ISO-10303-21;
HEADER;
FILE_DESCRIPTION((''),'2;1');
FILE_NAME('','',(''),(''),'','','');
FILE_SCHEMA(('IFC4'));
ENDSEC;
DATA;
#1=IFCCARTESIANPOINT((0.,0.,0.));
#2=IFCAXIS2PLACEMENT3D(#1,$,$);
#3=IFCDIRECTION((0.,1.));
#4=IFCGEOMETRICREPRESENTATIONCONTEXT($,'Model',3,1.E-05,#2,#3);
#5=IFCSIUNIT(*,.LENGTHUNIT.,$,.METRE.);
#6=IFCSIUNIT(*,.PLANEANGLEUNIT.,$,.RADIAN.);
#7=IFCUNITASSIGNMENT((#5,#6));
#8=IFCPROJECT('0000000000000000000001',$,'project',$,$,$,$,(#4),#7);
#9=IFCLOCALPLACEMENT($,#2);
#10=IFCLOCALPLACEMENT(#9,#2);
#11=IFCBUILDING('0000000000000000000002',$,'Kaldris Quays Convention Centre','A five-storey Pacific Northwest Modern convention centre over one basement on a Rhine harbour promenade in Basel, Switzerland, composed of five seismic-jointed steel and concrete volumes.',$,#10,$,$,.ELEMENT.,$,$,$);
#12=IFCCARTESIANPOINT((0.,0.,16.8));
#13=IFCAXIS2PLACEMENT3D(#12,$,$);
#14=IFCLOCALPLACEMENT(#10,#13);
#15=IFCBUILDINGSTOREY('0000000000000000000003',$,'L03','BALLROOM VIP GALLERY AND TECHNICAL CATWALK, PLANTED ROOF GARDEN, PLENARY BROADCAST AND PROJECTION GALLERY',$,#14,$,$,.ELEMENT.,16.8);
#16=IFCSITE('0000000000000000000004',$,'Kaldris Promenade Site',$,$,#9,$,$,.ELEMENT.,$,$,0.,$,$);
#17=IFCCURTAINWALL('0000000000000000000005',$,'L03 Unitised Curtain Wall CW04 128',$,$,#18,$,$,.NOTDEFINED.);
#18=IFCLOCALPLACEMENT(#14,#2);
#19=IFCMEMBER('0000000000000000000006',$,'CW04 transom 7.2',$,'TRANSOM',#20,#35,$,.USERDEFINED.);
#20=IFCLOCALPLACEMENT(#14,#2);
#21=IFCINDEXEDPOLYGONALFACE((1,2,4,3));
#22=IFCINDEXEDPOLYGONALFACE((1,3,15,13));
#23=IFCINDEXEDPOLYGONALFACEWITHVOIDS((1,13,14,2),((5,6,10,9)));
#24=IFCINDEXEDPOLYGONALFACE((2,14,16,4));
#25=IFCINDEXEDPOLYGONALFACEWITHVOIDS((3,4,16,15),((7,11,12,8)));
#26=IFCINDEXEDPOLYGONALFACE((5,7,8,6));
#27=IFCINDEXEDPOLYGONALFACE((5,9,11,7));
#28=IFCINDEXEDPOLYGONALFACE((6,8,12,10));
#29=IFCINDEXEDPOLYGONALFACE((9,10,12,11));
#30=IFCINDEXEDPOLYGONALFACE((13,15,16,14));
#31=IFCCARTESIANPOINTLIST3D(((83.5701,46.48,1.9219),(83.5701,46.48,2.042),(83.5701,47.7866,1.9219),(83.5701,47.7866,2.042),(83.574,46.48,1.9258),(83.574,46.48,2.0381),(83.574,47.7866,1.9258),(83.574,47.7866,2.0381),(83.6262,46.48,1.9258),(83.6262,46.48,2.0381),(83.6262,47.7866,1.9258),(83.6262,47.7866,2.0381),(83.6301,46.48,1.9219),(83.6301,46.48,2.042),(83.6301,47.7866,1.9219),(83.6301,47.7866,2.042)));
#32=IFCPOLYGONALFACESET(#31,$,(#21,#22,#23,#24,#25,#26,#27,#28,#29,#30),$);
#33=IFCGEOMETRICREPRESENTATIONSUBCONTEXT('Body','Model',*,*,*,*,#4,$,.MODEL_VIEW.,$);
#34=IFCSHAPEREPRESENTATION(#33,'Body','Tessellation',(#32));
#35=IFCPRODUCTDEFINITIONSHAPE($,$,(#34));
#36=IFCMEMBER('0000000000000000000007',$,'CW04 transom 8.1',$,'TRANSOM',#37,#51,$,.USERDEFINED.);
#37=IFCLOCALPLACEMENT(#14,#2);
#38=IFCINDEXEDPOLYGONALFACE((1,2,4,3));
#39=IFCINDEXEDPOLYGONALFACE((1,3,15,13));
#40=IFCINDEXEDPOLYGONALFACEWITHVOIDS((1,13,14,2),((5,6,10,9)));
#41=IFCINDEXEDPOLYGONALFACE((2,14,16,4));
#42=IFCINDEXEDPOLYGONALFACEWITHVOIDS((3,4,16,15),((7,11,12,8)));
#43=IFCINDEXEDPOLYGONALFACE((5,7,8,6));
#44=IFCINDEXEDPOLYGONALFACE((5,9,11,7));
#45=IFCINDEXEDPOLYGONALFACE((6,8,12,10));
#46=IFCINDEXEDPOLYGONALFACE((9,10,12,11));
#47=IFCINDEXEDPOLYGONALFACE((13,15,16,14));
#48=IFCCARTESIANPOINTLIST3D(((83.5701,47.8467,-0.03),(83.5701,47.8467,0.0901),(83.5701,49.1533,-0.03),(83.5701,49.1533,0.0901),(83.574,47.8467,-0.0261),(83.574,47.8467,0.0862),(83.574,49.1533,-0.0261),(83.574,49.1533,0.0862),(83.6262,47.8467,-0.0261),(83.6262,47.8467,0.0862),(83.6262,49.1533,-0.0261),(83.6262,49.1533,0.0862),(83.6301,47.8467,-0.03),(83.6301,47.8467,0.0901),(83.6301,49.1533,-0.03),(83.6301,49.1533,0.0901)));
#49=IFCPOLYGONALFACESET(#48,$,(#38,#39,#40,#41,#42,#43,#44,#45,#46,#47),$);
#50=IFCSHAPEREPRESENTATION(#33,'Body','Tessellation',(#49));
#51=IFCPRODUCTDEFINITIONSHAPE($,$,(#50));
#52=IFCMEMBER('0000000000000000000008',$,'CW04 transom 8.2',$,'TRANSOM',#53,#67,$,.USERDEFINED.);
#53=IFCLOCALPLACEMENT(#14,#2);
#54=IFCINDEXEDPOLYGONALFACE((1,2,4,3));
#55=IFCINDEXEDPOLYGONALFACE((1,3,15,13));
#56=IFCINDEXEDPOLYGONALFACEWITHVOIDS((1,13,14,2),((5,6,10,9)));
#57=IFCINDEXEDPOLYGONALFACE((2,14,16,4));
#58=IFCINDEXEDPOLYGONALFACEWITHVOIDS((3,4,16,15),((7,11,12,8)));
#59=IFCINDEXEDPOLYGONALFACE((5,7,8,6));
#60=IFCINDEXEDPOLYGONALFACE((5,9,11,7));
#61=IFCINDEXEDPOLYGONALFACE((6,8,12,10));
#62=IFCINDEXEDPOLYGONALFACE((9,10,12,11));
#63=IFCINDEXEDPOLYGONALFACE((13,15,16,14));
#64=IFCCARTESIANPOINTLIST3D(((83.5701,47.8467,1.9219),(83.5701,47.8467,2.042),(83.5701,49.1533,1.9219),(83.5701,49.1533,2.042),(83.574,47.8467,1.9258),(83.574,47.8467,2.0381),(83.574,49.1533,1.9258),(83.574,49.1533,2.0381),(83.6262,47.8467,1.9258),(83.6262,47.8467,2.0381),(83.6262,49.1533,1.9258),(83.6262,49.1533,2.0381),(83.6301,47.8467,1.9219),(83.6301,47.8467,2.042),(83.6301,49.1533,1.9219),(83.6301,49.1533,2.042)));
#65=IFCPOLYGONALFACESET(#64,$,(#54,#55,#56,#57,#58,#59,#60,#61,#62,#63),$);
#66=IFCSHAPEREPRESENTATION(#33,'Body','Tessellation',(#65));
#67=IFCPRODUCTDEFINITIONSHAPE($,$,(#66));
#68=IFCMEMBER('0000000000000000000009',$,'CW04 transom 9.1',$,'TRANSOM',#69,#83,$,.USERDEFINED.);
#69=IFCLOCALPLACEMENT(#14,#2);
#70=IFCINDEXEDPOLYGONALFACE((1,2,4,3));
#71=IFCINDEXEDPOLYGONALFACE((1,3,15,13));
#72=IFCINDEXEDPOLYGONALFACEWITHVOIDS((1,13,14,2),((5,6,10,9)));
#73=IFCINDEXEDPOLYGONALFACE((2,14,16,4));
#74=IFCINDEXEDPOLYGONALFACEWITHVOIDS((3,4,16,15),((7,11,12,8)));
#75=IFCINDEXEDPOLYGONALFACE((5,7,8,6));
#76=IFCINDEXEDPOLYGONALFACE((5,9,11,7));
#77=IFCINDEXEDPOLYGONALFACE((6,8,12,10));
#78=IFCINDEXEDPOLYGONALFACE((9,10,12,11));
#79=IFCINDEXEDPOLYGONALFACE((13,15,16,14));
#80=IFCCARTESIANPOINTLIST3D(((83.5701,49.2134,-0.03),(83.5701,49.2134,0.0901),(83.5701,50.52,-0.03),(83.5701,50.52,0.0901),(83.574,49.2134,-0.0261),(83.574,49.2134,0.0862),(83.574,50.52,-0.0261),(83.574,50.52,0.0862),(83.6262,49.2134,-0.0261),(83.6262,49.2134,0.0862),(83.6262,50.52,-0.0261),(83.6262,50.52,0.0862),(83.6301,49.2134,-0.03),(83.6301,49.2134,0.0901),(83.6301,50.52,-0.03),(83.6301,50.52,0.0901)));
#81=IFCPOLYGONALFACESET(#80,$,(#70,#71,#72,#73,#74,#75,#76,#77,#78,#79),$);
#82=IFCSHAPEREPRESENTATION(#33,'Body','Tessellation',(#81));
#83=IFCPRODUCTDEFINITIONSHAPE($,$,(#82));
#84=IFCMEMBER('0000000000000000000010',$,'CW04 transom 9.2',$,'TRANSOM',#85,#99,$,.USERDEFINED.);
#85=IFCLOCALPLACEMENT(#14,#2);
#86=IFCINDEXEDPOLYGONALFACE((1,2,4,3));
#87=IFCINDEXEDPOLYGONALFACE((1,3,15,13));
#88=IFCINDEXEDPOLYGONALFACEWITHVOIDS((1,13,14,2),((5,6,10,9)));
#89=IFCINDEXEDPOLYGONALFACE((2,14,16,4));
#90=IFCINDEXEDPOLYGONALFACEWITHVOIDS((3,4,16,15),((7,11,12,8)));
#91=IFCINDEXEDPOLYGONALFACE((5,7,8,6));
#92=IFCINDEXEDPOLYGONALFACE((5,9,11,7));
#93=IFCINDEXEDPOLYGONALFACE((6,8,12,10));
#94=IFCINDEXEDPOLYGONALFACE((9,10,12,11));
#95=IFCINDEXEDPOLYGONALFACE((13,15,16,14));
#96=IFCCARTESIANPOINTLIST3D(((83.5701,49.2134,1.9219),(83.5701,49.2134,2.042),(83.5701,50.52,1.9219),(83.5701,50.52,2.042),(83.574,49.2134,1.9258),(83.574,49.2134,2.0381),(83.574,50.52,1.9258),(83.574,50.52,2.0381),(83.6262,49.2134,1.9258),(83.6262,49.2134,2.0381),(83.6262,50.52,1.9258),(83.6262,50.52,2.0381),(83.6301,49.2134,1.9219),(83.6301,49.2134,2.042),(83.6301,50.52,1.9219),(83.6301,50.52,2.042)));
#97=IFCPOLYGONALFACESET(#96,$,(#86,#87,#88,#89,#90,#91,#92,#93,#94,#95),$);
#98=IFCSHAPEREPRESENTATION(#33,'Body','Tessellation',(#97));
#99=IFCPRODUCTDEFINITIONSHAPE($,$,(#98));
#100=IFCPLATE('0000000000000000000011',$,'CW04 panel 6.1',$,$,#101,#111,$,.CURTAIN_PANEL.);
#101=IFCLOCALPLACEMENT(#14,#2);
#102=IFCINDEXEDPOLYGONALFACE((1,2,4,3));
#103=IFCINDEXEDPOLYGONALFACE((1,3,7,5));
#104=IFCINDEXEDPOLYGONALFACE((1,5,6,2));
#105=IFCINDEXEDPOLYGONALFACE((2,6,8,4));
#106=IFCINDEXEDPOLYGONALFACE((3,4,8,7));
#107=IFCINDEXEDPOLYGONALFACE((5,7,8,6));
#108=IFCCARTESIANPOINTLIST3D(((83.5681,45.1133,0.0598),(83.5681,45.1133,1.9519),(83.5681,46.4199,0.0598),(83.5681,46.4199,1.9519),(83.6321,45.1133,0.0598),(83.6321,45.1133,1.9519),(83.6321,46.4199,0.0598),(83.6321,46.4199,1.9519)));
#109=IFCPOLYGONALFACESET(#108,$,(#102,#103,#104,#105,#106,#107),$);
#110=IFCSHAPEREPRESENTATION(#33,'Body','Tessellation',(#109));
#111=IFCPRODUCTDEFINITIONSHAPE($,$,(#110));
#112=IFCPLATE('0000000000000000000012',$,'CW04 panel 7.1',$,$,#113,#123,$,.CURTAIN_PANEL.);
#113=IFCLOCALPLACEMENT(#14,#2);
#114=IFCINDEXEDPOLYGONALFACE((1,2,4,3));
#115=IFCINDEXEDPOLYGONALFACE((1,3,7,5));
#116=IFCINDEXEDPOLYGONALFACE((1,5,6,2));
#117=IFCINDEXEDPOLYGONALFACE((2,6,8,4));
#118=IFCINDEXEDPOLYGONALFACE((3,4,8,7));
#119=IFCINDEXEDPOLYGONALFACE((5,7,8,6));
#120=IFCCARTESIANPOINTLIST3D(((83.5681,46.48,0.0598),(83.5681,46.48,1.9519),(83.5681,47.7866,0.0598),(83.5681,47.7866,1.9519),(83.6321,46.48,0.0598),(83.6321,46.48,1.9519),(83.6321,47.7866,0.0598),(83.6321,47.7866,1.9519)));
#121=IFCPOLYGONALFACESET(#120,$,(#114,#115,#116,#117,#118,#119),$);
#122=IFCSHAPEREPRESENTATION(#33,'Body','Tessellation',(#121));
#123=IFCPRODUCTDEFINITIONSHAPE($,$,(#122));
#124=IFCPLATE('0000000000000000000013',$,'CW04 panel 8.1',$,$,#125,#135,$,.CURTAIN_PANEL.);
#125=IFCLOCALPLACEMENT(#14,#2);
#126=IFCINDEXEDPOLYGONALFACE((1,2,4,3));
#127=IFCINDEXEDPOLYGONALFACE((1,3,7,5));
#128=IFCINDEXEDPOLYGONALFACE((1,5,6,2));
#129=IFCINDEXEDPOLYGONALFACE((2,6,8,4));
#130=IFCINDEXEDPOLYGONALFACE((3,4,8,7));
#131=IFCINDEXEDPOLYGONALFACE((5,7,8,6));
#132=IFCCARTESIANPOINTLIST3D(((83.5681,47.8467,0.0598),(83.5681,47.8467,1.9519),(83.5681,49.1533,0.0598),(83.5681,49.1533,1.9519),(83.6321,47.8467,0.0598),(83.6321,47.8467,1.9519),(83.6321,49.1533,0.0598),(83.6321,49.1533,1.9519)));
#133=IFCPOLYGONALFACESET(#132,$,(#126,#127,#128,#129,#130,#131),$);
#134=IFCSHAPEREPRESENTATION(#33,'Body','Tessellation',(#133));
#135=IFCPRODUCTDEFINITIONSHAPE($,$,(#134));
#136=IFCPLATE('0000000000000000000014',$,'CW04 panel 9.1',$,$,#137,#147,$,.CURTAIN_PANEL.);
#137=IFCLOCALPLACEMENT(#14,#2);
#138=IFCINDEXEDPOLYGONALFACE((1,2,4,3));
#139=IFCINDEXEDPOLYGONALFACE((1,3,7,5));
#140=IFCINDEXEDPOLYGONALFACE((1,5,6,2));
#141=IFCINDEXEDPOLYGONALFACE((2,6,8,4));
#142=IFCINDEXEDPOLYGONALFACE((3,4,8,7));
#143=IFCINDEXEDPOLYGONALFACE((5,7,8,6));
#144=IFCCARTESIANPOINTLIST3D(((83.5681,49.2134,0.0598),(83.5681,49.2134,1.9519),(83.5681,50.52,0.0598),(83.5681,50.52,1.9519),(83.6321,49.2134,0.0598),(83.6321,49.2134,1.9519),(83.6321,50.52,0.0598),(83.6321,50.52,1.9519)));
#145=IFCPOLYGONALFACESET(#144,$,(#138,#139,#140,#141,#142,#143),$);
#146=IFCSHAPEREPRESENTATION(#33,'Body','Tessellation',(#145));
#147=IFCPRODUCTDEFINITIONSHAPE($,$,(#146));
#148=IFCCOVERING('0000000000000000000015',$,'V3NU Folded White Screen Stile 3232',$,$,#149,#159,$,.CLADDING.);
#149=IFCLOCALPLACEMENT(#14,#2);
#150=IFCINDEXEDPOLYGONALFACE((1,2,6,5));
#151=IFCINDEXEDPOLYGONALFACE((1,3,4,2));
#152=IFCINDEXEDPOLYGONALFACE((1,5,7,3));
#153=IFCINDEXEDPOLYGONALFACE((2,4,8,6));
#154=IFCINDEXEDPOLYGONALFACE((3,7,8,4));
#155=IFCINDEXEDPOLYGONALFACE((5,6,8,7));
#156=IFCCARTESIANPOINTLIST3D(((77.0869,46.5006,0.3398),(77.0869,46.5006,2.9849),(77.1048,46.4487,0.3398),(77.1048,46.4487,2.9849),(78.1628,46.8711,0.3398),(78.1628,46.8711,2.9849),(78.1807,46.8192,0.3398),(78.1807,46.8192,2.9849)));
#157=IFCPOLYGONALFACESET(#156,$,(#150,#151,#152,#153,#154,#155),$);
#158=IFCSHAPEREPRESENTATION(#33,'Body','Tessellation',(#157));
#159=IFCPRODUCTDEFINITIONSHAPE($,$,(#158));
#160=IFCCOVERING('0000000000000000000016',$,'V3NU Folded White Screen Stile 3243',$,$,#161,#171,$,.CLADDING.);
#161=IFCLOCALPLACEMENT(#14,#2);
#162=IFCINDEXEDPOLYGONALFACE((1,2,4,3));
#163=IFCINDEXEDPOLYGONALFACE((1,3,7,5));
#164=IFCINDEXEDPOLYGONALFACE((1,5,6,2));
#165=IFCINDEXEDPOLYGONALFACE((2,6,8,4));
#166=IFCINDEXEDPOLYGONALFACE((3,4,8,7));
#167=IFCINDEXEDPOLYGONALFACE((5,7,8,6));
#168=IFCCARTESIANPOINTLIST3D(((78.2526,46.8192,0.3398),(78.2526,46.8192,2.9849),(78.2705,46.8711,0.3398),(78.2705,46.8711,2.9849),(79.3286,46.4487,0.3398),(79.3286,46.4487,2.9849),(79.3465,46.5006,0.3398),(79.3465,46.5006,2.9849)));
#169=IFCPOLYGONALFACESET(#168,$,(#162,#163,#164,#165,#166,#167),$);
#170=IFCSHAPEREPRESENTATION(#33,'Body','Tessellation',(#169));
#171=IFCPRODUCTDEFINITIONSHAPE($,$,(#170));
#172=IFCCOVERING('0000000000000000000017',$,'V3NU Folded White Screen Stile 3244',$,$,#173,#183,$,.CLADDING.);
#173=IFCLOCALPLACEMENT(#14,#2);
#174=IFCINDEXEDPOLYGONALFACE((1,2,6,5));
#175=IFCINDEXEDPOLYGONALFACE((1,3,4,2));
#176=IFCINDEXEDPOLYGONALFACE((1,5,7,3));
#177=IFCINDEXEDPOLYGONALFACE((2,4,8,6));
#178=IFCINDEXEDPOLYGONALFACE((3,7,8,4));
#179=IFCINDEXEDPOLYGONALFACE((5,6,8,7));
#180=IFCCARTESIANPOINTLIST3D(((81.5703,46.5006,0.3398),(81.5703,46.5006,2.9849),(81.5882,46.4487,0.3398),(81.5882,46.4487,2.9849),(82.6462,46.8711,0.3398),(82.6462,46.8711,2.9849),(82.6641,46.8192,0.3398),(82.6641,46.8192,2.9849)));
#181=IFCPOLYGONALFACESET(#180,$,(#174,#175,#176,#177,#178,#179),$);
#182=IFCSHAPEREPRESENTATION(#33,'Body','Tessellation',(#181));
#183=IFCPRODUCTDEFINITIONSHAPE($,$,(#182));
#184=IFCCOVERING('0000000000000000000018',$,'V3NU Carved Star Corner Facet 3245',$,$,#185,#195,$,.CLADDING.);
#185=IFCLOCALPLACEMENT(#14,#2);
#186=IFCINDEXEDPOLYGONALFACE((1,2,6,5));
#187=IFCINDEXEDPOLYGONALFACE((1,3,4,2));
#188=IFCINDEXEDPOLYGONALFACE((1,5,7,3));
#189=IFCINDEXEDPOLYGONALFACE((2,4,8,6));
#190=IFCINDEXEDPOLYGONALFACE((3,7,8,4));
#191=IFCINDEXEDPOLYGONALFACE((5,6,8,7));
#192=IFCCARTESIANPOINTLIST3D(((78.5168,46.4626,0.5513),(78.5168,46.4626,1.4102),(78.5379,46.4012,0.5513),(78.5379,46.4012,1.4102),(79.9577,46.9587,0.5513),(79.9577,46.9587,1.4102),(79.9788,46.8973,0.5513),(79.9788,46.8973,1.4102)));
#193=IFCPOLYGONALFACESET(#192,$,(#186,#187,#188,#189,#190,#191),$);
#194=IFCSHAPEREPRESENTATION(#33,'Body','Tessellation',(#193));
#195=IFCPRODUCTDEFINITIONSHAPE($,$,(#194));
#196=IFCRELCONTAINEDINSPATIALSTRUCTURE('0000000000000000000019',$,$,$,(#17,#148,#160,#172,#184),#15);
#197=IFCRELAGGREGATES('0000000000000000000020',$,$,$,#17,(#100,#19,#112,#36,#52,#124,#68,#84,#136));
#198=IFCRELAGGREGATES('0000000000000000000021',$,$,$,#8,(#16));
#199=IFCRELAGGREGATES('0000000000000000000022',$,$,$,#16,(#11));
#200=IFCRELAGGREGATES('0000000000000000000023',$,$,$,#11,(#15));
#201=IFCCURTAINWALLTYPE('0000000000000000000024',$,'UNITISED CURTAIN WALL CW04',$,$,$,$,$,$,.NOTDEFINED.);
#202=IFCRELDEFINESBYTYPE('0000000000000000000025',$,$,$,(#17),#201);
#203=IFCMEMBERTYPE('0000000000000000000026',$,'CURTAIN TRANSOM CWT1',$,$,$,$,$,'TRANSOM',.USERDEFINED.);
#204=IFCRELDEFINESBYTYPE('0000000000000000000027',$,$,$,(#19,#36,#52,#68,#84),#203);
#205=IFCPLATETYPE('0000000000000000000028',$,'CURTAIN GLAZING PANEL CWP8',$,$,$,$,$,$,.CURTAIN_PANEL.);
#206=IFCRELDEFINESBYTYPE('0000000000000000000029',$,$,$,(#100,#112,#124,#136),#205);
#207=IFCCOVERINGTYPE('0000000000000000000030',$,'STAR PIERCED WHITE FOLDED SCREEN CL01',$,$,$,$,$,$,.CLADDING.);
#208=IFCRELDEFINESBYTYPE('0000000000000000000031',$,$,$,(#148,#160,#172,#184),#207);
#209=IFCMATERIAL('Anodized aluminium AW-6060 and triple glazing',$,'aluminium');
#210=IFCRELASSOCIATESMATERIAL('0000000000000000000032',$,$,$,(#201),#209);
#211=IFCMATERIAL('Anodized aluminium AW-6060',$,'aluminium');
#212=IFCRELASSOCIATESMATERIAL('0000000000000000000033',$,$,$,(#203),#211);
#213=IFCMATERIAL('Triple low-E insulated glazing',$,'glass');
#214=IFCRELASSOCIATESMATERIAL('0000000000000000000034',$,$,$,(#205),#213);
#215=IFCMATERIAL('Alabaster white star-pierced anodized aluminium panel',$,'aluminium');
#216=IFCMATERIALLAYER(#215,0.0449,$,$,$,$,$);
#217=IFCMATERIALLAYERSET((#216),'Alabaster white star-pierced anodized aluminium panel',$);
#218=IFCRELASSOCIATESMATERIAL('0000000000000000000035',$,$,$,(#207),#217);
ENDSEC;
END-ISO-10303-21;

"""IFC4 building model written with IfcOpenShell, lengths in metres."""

from ifc_helpers import new_model, si_unit, direction, frame, origin, origin_2d, place, context, subcontext, project, spatial, rectangle, hollow_rectangle, extrude, material, layer, layer_set, material_profile, profile_set, type_object, element, aggregate, save


model = new_model("IFC4")

# Units and contexts
model_context = context("Model", 3, precision=1e-05, world=origin(), true_north=direction((0.0, 1.0)))
body_context = subcontext(model_context, "Body", "Model", "MODEL_VIEW")
ifc_project = project(units=[si_unit("LENGTHUNIT", "METRE"), si_unit("PLANEANGLEUNIT", "RADIAN")], contexts=[model_context])

# Site, building, storey
site_placement = place(None, origin())
site = spatial("IfcSite", under=ifc_project, at=site_placement, Name="Kaldris Promenade Site", CompositionType="ELEMENT", RefElevation=0.0)
building_placement = place(site_placement, origin())
building = spatial("IfcBuilding", under=site, at=building_placement, Name="Kaldris Quays Convention Centre", Description="A five-storey Pacific Northwest Modern convention centre over one basement on a Rhine harbour promenade in Basel, Switzerland, composed of five seismic-jointed steel and concrete volumes.", CompositionType="ELEMENT")
storey_placement = place(building_placement, frame((0.0, 0.0, 16.8)))
storey = spatial("IfcBuildingStorey", under=building, at=storey_placement, Name="L03", Description="BALLROOM VIP GALLERY AND TECHNICAL CATWALK, PLANTED ROOF GARDEN, PLENARY BROADCAST AND PROJECTION GALLERY", CompositionType="ELEMENT", Elevation=16.8)

# Curtain wall, members, plates
ifc_material_1 = material(Name="Anodized aluminium AW-6060 and triple glazing", Category="aluminium")
curtain_wall_type = type_object("IfcCurtainWallType", Name="UNITISED CURTAIN WALL CW04", PredefinedType="NOTDEFINED", material=ifc_material_1)
curtain_wall_placement = place(storey_placement, origin())
curtain_wall = element("IfcCurtainWall", 1, at=curtain_wall_placement, inside=storey, type_object=curtain_wall_type, Name="L03 Unitised Curtain Wall CW04 128", PredefinedType="NOTDEFINED")
ifc_material_2 = material(Name="Anodized aluminium AW-6060", Category="aluminium")
ifc_material_profile_1 = material_profile(ifc_material_2, hollow_rectangle(XDim=0.0601, YDim=0.1201, WallThickness=0.0039, at=origin_2d()), Name="RHS 120x60x4")
ifc_profile_set_1 = profile_set([ifc_material_profile_1], Name="Anodized aluminium AW-6060")
member_type_1 = type_object("IfcMemberType", Name="CURTAIN TRANSOM CWT1", ElementType="TRANSOM", PredefinedType="USERDEFINED", material=ifc_profile_set_1)
member_1_placement = place(storey_placement, frame((83.6001, 46.48, 1.9819), z_axis=(0.0, 1.0, 0.0), x_axis=(-1.0, 0.0, 0.0)))
member_1 = element("IfcMember", 2, at=member_1_placement, type_object=member_type_1, Name="CW04 transom 7.2", ObjectType="TRANSOM", PredefinedType="USERDEFINED", context=body_context, shape_type="SweptSolid", body=[
    extrude(hollow_rectangle(XDim=0.0601, YDim=0.1201, WallThickness=0.0039, at=origin_2d()), origin(), (0.0, 0.0, 1.0), 1.3066),
])
member_2_placement = place(storey_placement, frame((83.6001, 47.8467, 0.03), z_axis=(0.0, 1.0, 0.0), x_axis=(-1.0, 0.0, 0.0)))
member_2 = element("IfcMember", 3, at=member_2_placement, type_object=member_type_1, Name="CW04 transom 8.1", ObjectType="TRANSOM", PredefinedType="USERDEFINED", context=body_context, shape_type="SweptSolid", body=[
    extrude(hollow_rectangle(XDim=0.0601, YDim=0.1201, WallThickness=0.0039, at=origin_2d()), origin(), (0.0, 0.0, 1.0), 1.3066),
])
member_3_placement = place(storey_placement, frame((83.6001, 47.8467, 1.9819), z_axis=(0.0, 1.0, 0.0), x_axis=(-1.0, 0.0, 0.0)))
member_3 = element("IfcMember", 4, at=member_3_placement, type_object=member_type_1, Name="CW04 transom 8.2", ObjectType="TRANSOM", PredefinedType="USERDEFINED", context=body_context, shape_type="SweptSolid", body=[
    extrude(hollow_rectangle(XDim=0.0601, YDim=0.1201, WallThickness=0.0039, at=origin_2d()), origin(), (0.0, 0.0, 1.0), 1.3066),
])
member_4_placement = place(storey_placement, frame((83.6001, 49.2134, 0.03), z_axis=(0.0, 1.0, 0.0), x_axis=(-1.0, 0.0, 0.0)))
member_4 = element("IfcMember", 5, at=member_4_placement, type_object=member_type_1, Name="CW04 transom 9.1", ObjectType="TRANSOM", PredefinedType="USERDEFINED", context=body_context, shape_type="SweptSolid", body=[
    extrude(hollow_rectangle(XDim=0.0601, YDim=0.1201, WallThickness=0.0039, at=origin_2d()), origin(), (0.0, 0.0, 1.0), 1.3066),
])
member_5_placement = place(storey_placement, frame((83.6001, 49.2134, 1.9819), z_axis=(0.0, 1.0, 0.0), x_axis=(-1.0, 0.0, 0.0)))
member_5 = element("IfcMember", 6, at=member_5_placement, type_object=member_type_1, Name="CW04 transom 9.2", ObjectType="TRANSOM", PredefinedType="USERDEFINED", context=body_context, shape_type="SweptSolid", body=[
    extrude(hollow_rectangle(XDim=0.0601, YDim=0.1201, WallThickness=0.0039, at=origin_2d()), origin(), (0.0, 0.0, 1.0), 1.3066),
])
ifc_material_3 = material(Name="Triple low-E insulated glazing", Category="glass")
plate_type = type_object("IfcPlateType", Name="CURTAIN GLAZING PANEL CWP8", PredefinedType="CURTAIN_PANEL", material=ifc_material_3)
plate_1_placement = place(storey_placement, frame((83.6001, 45.7666, 0.0598), z_axis=(0.0, 0.0, 1.0), x_axis=(0.0, 1.0, 0.0)))
plate_1 = element("IfcPlate", 7, at=plate_1_placement, type_object=plate_type, Name="CW04 panel 6.1", PredefinedType="CURTAIN_PANEL", context=body_context, shape_type="SweptSolid", body=[
    extrude(rectangle(XDim=1.3066, YDim=0.064, at=origin_2d()), origin(), (0.0, 0.0, 1.0), 1.8921),
])
plate_2_placement = place(storey_placement, frame((83.6001, 47.1333, 0.0598), z_axis=(0.0, 0.0, 1.0), x_axis=(0.0, 1.0, 0.0)))
plate_2 = element("IfcPlate", 8, at=plate_2_placement, type_object=plate_type, Name="CW04 panel 7.1", PredefinedType="CURTAIN_PANEL", context=body_context, shape_type="SweptSolid", body=[
    extrude(rectangle(XDim=1.3066, YDim=0.064, at=origin_2d()), origin(), (0.0, 0.0, 1.0), 1.8921),
])
plate_3_placement = place(storey_placement, frame((83.6001, 48.5, 0.0598), z_axis=(0.0, 0.0, 1.0), x_axis=(0.0, 1.0, 0.0)))
plate_3 = element("IfcPlate", 9, at=plate_3_placement, type_object=plate_type, Name="CW04 panel 8.1", PredefinedType="CURTAIN_PANEL", context=body_context, shape_type="SweptSolid", body=[
    extrude(rectangle(XDim=1.3066, YDim=0.064, at=origin_2d()), origin(), (0.0, 0.0, 1.0), 1.8921),
])
plate_4_placement = place(storey_placement, frame((83.6001, 49.8667, 0.0598), z_axis=(0.0, 0.0, 1.0), x_axis=(0.0, 1.0, 0.0)))
plate_4 = element("IfcPlate", 10, at=plate_4_placement, type_object=plate_type, Name="CW04 panel 9.1", PredefinedType="CURTAIN_PANEL", context=body_context, shape_type="SweptSolid", body=[
    extrude(rectangle(XDim=1.3066, YDim=0.064, at=origin_2d()), origin(), (0.0, 0.0, 1.0), 1.8921),
])
aggregate(curtain_wall, [plate_1, member_1, plate_2, member_2, member_3, plate_3, member_4, member_5, plate_4])

# Coverings
ifc_material_4 = material(Name="Alabaster white star-pierced anodized aluminium panel", Category="aluminium")
ifc_layer = layer(ifc_material_4, 0.0449)
ifc_layer_set = layer_set([ifc_layer], Name="Alabaster white star-pierced anodized aluminium panel")
covering_type = type_object("IfcCoveringType", Name="STAR PIERCED WHITE FOLDED SCREEN CL01", PredefinedType="CLADDING", material=ifc_layer_set)
for number, where, z_axis, x_axis, name in (
    (11, (77.6338, 46.6599, 0.3398), (0.0, 0.0, 1.0), (0.945519, 0.325568, 0.0), "V3NU Folded White Screen Stile 3232"),
    (12, (78.7996, 46.6599, 0.3398), (0.0, 0.0, 1.0), (0.945519, -0.325568, 0.0), "V3NU Folded White Screen Stile 3243"),
    (13, (82.1172, 46.6599, 0.3398), (0.0, 0.0, 1.0), (0.945519, 0.325568, 0.0), "V3NU Folded White Screen Stile 3244"),
):
    element("IfcCovering", number, at=place(storey_placement, frame(where, z_axis=z_axis, x_axis=x_axis)), inside=storey, type_object=covering_type, Name=name, PredefinedType="CLADDING", context=body_context, shape_type="SweptSolid", body=[
        extrude(rectangle(XDim=1.1379, YDim=0.0549, at=origin_2d()), origin(), (0.0, 0.0, 1.0), 2.645),
    ])
for number, where, z_axis, x_axis, name in (
    (14, (79.2478, 46.6799, 0.5513), (0.0, 0.0, 1.0), (0.945519, 0.325568, 0.0), "V3NU Carved Star Corner Facet 3245"),
):
    element("IfcCovering", number, at=place(storey_placement, frame(where, z_axis=z_axis, x_axis=x_axis)), inside=storey, type_object=covering_type, Name=name, PredefinedType="CLADDING", context=body_context, shape_type="SweptSolid", body=[
        extrude(rectangle(XDim=1.5239, YDim=0.0649, at=origin_2d()), origin(), (0.0, 0.0, 1.0), 0.8589),
    ])

save(model, "model.ifc")
